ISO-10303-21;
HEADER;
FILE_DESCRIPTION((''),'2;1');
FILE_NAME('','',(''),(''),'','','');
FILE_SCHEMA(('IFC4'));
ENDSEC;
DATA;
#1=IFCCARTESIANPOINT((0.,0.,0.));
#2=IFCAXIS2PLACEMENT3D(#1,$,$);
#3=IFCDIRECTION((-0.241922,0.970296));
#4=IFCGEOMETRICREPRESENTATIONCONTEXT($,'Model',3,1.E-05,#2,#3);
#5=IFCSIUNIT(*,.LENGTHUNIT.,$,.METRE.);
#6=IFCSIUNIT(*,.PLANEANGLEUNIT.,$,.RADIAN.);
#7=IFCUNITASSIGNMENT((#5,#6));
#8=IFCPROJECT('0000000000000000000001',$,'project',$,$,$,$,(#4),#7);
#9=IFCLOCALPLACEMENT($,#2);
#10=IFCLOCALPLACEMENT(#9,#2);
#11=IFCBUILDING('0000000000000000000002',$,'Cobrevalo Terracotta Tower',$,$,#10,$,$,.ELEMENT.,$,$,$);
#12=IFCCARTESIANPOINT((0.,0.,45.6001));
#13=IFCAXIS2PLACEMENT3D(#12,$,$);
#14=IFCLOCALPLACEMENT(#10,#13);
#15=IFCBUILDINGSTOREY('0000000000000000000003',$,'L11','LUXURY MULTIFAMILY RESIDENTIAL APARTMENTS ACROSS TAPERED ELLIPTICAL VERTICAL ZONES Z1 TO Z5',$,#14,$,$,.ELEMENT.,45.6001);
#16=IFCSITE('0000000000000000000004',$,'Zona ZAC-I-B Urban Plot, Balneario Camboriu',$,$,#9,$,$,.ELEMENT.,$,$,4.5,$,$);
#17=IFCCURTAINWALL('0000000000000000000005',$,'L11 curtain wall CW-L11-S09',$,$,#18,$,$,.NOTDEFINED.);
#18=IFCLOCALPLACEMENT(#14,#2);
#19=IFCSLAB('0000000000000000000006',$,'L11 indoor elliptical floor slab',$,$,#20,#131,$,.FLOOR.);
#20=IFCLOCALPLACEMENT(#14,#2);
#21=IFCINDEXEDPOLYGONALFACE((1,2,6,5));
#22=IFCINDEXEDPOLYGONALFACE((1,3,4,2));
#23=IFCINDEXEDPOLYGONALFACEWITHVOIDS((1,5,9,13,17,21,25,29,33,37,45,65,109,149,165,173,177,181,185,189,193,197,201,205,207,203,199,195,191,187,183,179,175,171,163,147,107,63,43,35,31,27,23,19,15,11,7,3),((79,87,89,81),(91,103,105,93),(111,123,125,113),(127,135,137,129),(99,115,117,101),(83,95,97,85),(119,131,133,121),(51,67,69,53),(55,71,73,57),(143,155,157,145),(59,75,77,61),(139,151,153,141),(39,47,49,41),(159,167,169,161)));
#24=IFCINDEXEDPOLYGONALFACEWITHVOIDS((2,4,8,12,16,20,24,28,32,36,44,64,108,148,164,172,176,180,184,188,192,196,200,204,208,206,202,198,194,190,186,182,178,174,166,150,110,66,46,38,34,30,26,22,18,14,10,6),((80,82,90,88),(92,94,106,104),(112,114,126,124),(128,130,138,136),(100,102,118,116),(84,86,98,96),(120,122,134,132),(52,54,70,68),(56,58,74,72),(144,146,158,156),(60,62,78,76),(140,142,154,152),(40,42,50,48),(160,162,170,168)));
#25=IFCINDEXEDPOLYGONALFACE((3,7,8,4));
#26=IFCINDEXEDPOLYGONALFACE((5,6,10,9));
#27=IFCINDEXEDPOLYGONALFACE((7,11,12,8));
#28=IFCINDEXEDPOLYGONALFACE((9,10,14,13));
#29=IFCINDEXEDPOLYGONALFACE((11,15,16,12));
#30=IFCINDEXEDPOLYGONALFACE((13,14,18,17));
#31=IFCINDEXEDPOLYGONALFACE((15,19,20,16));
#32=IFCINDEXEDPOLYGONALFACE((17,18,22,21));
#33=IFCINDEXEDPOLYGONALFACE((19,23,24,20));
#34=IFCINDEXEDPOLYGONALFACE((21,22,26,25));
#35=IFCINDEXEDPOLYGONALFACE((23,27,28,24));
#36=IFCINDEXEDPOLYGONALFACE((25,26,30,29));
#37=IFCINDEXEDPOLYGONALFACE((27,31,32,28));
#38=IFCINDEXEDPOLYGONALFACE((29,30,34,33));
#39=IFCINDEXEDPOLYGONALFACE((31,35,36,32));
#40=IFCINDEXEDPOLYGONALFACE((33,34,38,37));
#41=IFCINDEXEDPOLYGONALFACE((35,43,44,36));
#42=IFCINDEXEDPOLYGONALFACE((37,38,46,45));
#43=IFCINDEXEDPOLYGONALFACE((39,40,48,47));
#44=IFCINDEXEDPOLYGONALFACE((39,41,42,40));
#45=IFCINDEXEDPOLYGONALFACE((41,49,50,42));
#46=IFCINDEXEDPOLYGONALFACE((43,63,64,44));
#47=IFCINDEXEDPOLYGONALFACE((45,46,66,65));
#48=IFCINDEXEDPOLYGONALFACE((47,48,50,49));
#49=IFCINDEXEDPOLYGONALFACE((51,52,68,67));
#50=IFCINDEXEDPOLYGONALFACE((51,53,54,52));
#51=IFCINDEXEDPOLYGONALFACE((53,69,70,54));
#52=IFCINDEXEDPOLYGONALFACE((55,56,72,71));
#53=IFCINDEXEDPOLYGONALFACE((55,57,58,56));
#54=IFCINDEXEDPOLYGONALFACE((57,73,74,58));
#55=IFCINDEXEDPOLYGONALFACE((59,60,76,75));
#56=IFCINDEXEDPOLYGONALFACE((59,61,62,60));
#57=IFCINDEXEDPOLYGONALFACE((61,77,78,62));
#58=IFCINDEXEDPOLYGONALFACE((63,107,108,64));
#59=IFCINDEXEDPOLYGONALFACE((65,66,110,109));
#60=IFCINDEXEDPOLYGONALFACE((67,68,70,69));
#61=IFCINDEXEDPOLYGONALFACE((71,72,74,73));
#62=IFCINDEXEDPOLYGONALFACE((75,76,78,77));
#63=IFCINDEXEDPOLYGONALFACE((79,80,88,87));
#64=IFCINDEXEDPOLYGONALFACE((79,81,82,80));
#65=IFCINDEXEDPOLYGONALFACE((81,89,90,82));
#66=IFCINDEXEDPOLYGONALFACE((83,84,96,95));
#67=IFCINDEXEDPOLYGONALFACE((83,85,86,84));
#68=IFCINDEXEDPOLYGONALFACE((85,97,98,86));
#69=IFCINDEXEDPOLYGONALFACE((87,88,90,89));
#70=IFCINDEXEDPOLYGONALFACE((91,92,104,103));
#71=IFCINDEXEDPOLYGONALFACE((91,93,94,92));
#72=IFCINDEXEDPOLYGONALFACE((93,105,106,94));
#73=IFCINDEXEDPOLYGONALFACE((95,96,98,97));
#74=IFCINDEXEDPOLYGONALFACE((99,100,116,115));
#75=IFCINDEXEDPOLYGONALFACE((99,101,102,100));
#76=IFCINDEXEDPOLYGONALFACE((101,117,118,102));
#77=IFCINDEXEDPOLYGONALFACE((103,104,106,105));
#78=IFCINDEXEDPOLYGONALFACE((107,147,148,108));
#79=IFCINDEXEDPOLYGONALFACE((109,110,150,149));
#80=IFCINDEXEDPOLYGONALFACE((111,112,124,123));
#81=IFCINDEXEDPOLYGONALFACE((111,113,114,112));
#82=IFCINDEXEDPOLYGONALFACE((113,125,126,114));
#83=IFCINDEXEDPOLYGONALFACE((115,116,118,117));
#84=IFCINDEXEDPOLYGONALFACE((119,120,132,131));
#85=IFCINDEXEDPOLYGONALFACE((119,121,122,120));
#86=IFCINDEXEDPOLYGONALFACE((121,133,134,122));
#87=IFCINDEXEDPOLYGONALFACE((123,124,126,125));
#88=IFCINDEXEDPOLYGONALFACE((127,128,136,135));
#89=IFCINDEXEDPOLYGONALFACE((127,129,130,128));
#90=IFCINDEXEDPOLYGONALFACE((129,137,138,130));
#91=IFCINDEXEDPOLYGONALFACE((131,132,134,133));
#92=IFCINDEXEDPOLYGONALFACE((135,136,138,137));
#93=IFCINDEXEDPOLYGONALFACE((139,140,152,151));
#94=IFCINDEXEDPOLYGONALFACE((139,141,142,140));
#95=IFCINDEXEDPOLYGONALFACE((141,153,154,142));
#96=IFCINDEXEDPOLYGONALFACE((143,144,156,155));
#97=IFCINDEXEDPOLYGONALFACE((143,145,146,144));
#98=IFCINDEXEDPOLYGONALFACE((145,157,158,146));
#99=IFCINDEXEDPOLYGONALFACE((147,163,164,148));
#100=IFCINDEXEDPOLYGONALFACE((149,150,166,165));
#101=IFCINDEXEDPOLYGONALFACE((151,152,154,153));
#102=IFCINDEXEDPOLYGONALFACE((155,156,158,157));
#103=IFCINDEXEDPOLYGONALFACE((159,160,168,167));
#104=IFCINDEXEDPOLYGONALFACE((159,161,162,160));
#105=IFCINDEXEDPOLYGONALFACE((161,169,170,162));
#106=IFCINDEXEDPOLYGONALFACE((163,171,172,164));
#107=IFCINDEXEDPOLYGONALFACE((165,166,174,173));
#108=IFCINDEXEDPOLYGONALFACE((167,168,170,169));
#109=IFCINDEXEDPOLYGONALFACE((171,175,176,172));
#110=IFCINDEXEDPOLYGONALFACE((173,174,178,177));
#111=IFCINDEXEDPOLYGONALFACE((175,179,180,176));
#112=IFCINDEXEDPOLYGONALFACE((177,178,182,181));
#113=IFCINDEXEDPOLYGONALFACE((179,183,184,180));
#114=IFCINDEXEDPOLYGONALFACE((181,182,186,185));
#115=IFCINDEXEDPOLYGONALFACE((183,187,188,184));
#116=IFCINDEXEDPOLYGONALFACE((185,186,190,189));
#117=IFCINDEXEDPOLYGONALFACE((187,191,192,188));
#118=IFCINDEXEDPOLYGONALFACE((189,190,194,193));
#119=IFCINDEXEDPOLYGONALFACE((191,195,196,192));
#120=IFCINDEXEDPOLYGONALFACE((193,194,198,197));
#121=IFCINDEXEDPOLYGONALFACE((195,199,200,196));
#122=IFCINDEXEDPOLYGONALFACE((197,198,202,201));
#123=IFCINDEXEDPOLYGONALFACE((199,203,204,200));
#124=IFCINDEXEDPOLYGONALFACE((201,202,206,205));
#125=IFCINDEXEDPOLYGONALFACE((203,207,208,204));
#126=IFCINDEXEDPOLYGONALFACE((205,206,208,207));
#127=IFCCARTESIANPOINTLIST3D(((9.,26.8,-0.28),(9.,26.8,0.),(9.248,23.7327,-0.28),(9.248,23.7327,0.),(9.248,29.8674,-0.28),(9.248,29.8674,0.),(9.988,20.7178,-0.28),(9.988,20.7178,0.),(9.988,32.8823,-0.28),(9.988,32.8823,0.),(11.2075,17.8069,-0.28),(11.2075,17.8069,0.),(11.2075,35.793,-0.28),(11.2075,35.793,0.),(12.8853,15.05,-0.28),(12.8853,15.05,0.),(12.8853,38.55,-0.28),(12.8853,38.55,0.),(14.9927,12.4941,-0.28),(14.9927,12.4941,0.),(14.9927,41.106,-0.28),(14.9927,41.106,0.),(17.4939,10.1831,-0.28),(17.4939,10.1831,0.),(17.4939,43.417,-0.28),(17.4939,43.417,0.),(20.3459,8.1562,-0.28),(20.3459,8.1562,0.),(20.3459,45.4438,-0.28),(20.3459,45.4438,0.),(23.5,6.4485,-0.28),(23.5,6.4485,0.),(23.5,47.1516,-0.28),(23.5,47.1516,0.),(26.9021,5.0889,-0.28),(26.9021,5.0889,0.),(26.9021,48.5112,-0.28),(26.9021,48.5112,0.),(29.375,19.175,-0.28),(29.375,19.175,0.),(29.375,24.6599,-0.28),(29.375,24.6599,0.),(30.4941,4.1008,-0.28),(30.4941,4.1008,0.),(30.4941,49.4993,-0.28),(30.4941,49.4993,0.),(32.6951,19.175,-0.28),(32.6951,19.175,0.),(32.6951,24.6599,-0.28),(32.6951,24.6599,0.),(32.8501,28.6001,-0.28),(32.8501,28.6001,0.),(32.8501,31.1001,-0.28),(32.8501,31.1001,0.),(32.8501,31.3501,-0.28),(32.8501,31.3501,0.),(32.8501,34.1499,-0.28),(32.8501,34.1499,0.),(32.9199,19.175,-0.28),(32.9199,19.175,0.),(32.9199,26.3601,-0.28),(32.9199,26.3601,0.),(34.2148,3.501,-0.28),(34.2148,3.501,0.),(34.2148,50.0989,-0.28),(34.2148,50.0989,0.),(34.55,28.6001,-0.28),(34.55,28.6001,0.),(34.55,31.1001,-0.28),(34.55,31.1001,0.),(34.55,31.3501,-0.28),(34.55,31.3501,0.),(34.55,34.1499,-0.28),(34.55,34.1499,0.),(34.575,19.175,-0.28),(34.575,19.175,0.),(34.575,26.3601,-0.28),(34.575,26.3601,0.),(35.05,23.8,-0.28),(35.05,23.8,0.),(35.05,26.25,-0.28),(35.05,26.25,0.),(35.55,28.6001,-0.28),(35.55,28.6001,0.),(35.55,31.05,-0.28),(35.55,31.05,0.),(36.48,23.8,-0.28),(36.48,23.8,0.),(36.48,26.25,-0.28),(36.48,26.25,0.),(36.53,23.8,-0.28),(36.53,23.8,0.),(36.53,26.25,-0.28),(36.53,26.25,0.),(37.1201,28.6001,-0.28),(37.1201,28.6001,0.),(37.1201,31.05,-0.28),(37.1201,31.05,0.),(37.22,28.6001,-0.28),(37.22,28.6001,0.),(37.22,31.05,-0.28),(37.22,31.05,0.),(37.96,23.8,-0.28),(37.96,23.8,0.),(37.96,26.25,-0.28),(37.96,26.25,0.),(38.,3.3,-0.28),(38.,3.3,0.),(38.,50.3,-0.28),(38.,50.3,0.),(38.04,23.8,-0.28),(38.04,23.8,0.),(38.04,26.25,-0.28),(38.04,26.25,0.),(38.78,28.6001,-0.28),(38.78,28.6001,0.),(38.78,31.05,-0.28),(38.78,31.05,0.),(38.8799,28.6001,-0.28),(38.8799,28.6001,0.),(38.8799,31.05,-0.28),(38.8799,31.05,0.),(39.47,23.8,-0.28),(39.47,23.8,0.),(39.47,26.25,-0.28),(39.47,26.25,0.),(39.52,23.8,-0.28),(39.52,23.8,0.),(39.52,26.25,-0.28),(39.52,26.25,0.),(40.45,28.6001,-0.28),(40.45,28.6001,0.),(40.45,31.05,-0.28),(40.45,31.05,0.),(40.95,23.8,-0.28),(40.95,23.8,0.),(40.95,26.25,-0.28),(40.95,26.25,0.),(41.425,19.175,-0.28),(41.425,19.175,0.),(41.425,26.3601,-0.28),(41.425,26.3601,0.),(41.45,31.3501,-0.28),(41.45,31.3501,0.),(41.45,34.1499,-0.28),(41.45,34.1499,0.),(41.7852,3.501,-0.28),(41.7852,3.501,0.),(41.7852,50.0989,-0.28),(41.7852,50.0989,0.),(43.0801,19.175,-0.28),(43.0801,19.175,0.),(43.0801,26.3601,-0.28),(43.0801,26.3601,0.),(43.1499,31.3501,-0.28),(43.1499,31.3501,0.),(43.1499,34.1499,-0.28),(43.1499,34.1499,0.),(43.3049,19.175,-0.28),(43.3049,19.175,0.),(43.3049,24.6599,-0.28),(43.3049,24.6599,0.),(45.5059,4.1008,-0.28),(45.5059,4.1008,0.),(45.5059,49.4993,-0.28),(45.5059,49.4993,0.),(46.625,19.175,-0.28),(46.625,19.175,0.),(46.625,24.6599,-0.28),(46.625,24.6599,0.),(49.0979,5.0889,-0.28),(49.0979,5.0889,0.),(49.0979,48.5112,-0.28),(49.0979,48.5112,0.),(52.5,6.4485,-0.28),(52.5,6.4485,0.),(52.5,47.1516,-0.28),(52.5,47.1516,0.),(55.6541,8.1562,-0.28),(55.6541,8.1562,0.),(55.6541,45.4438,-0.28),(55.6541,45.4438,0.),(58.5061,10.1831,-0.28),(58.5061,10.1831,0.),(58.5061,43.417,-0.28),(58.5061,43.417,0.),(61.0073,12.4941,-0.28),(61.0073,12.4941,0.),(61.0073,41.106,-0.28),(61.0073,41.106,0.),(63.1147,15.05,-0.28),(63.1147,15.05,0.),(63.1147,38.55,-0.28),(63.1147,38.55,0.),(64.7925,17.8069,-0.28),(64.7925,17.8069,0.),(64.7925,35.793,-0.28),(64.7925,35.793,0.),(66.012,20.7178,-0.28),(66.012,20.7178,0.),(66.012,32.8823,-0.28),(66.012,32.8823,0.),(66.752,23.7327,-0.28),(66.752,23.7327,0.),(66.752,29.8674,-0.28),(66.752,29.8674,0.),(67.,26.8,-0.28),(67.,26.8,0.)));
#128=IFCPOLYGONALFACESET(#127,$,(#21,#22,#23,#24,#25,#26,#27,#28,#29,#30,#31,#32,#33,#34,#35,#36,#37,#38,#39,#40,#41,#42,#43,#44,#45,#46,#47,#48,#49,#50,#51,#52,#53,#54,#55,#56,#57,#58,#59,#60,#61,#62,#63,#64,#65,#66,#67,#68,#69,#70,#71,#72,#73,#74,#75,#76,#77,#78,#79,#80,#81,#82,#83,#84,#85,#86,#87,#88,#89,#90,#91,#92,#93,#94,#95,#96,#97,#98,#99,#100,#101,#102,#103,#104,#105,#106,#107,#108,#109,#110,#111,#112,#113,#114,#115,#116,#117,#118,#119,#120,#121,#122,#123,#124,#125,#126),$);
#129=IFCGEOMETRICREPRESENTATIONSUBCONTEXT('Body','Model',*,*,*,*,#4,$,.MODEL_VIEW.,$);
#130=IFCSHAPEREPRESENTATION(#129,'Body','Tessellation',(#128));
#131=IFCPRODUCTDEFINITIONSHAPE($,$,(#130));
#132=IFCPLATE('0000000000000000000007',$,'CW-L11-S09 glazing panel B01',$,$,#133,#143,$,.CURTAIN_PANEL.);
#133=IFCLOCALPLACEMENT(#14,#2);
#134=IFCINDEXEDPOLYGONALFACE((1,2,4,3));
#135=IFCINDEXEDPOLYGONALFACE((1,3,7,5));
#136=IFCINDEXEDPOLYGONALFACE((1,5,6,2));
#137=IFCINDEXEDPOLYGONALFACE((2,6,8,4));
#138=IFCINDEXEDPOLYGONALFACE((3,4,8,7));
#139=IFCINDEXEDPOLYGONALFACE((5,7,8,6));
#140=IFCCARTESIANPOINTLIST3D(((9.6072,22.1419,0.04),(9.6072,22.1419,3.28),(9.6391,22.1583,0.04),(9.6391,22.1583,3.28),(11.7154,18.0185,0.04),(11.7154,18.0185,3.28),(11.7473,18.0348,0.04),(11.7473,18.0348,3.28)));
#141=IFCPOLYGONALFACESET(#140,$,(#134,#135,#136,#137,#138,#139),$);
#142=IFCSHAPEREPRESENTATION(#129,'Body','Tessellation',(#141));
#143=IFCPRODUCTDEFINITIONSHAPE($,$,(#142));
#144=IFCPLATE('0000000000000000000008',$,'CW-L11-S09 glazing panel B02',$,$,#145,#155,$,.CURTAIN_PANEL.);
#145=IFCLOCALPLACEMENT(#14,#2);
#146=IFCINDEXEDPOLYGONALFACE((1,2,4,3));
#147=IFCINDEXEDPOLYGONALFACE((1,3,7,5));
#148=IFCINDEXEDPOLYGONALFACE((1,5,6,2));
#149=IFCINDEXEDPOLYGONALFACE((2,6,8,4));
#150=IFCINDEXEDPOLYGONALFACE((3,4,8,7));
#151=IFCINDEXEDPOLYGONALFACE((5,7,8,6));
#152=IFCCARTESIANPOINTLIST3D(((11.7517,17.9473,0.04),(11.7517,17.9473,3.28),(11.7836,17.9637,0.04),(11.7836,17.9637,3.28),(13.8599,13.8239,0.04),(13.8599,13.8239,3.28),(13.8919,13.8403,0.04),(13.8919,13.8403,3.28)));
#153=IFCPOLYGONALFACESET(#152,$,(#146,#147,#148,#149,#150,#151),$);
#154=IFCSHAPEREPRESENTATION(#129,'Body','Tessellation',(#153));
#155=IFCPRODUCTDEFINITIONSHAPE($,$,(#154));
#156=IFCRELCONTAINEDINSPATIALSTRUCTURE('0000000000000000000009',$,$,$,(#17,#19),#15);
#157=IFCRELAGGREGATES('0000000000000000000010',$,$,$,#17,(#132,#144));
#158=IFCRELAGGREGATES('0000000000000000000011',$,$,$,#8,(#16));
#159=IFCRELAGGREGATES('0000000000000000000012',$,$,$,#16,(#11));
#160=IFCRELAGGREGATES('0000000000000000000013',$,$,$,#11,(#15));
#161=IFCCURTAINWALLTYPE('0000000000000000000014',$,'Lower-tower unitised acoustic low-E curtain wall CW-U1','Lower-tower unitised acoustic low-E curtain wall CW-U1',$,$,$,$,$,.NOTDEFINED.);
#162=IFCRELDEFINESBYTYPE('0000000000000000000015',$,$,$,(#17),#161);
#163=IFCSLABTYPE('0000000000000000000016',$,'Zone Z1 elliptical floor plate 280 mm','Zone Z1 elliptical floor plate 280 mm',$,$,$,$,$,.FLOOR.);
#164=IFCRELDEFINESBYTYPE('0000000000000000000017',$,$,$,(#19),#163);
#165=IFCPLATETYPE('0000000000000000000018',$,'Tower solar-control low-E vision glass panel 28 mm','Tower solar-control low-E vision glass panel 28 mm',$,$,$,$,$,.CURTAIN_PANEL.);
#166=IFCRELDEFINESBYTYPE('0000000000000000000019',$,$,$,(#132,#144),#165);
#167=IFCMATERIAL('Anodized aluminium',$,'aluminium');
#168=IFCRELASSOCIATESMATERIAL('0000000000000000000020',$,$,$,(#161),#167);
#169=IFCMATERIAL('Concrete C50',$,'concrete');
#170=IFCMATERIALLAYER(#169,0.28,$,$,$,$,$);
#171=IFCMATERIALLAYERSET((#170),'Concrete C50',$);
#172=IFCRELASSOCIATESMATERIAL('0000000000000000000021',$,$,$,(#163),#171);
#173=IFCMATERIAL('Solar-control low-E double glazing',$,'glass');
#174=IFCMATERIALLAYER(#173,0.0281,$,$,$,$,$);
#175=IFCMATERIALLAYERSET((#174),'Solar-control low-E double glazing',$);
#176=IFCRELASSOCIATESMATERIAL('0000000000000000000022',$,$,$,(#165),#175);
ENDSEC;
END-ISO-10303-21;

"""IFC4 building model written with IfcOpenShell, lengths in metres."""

from ifc_helpers import new_model, si_unit, direction, frame, origin, origin_2d, place, context, subcontext, project, spatial, polyline, rectangle, outline, extrude, source, transform, mapped, material, layer, layer_set, type_object, element, aggregate, save


model = new_model("IFC4")

# Units and contexts
model_context = context("Model", 3, precision=1e-05, world=origin(), true_north=direction((-0.241922, 0.970296)))
body_context = subcontext(model_context, "Body", "Model", "MODEL_VIEW")
ifc_project = project(units=[si_unit("LENGTHUNIT", "METRE"), si_unit("PLANEANGLEUNIT", "RADIAN")], contexts=[model_context])

# Site, building, storey
site_placement = place(None, origin())
site = spatial("IfcSite", under=ifc_project, at=site_placement, Name="Zona ZAC-I-B Urban Plot, Balneario Camboriu", CompositionType="ELEMENT", RefElevation=4.5)
building_placement = place(site_placement, origin())
building = spatial("IfcBuilding", under=site, at=building_placement, Name="Cobrevalo Terracotta Tower", CompositionType="ELEMENT")
storey_placement = place(building_placement, frame((0.0, 0.0, 45.6001)))
storey = spatial("IfcBuildingStorey", under=building, at=storey_placement, Name="L11", Description="LUXURY MULTIFAMILY RESIDENTIAL APARTMENTS ACROSS TAPERED ELLIPTICAL VERTICAL ZONES Z1 TO Z5", CompositionType="ELEMENT", Elevation=45.6001)

# Shared definitions
ifc_material_1 = material(Name="Anodized aluminium", Category="aluminium")
curtain_wall_type = type_object("IfcCurtainWallType", Name="Lower-tower unitised acoustic low-E curtain wall CW-U1", Description="Lower-tower unitised acoustic low-E curtain wall CW-U1", PredefinedType="NOTDEFINED", material=ifc_material_1)

# Curtain wall
curtain_wall_1_placement = place(storey_placement, origin())
curtain_wall_1 = element("IfcCurtainWall", 1, at=curtain_wall_1_placement, inside=storey, type_object=curtain_wall_type, Name="L11 curtain wall CW-L11-S09", PredefinedType="NOTDEFINED")

# Shared definitions
ifc_material_2 = material(Name="Concrete C50", Category="concrete")

# Slab
ifc_layer_1 = layer(ifc_material_2, 0.28)
ifc_layer_set_1 = layer_set([ifc_layer_1], Name="Concrete C50")
slab_type_1 = type_object("IfcSlabType", Name="Zone Z1 elliptical floor plate 280 mm", Description="Zone Z1 elliptical floor plate 280 mm", PredefinedType="FLOOR", material=ifc_layer_set_1)
slab_1_placement = place(storey_placement, frame((0.0, 0.0, -0.28)))
element("IfcSlab", 2, at=slab_1_placement, inside=storey, type_object=slab_type_1, Name="L11 indoor elliptical floor slab", PredefinedType="FLOOR", context=body_context, shape_type="SweptSolid", body=[
    extrude(outline(polyline([(66.752, 23.7327), (66.012, 20.7178), (64.7925, 17.8069), (63.1147, 15.05), (61.0073, 12.4941), (58.5061, 10.1831), (55.6541, 8.1562), (52.5, 6.4485), (49.0979, 5.0889), (45.5059, 4.1008), (41.7852, 3.501), (38.0, 3.3), (34.2148, 3.501), (30.4941, 4.1008), (26.9021, 5.0889), (23.5, 6.4485), (20.3459, 8.1562), (17.4939, 10.1831), (14.9927, 12.4941), (12.8853, 15.05), (11.2075, 17.8069), (9.988, 20.7178), (9.248, 23.7327), (9.0, 26.8), (9.248, 29.8674), (9.988, 32.8823), (11.2075, 35.793), (12.8853, 38.55), (14.9927, 41.106), (17.4939, 43.417), (20.3459, 45.4438), (23.5, 47.1516), (26.9021, 48.5112), (30.4941, 49.4993), (34.2148, 50.0989), (38.0, 50.3), (41.7852, 50.0989), (45.5059, 49.4993), (49.0979, 48.5112), (52.5, 47.1516), (55.6541, 45.4438), (58.5061, 43.417), (61.0073, 41.106), (63.1147, 38.55), (64.7925, 35.793), (66.012, 32.8823), (66.752, 29.8674), (67.0, 26.8), (66.752, 23.7327)]), holes=[polyline([(32.6951, 19.175), (32.6951, 24.6599), (29.375, 24.6599), (29.375, 19.175), (32.6951, 19.175)]), polyline([(34.575, 19.175), (34.575, 26.3601), (32.9199, 26.3601), (32.9199, 19.175), (34.575, 19.175)]), polyline([(36.48, 23.8), (36.48, 26.25), (35.05, 26.25), (35.05, 23.8), (36.48, 23.8)]), polyline([(37.96, 23.8), (37.96, 26.25), (36.53, 26.25), (36.53, 23.8), (37.96, 23.8)]), polyline([(37.1201, 28.6001), (37.1201, 31.05), (35.55, 31.05), (35.55, 28.6001), (37.1201, 28.6001)]), polyline([(34.55, 28.6001), (34.55, 31.1001), (32.8501, 31.1001), (32.8501, 28.6001), (34.55, 28.6001)]), polyline([(34.55, 31.3501), (34.55, 34.1499), (32.8501, 34.1499), (32.8501, 31.3501), (34.55, 31.3501)]), polyline([(46.625, 19.175), (46.625, 24.6599), (43.3049, 24.6599), (43.3049, 19.175), (46.625, 19.175)]), polyline([(43.0801, 19.175), (43.0801, 26.3601), (41.425, 26.3601), (41.425, 19.175), (43.0801, 19.175)]), polyline([(39.47, 23.8), (39.47, 26.25), (38.04, 26.25), (38.04, 23.8), (39.47, 23.8)]), polyline([(40.95, 23.8), (40.95, 26.25), (39.52, 26.25), (39.52, 23.8), (40.95, 23.8)]), polyline([(38.78, 28.6001), (38.78, 31.05), (37.22, 31.05), (37.22, 28.6001), (38.78, 28.6001)]), polyline([(40.45, 28.6001), (40.45, 31.05), (38.8799, 31.05), (38.8799, 28.6001), (40.45, 28.6001)]), polyline([(43.1499, 31.3501), (43.1499, 34.1499), (41.45, 34.1499), (41.45, 31.3501), (43.1499, 31.3501)])]), origin(), (0.0, 0.0, 1.0), 0.28),
])

# Plates
ifc_material_3 = material(Name="Solar-control low-E double glazing", Category="glass")
ifc_layer_2 = layer(ifc_material_3, 0.0281)
ifc_layer_set_2 = layer_set([ifc_layer_2], Name="Solar-control low-E double glazing")
plate_type = type_object("IfcPlateType", Name="Tower solar-control low-E vision glass panel 28 mm", Description="Tower solar-control low-E vision glass panel 28 mm", PredefinedType="CURTAIN_PANEL", material=ifc_layer_set_2)
shared_shape_1 = source(origin(), body_context, "Body", "SweptSolid", [
    extrude(rectangle(XDim=4.6311, YDim=0.0359, at=origin_2d()), origin(), (0.0, 0.0, 1.0), 3.24),
])
plate_1_placement = place(storey_placement, frame((10.6772, 20.0884, 0.04), z_axis=(0.0, 0.0, 1.0), x_axis=(0.455231, -0.890373, 0.0)))
plate_1 = element("IfcPlate", 3, at=plate_1_placement, type_object=plate_type, Name="CW-L11-S09 glazing panel B01", PredefinedType="CURTAIN_PANEL", context=body_context, shape_type="MappedRepresentation", body=[
    mapped(shared_shape_1, transform((0.0, 0.0, 0.0), scale=1.0)),
])
plate_2_placement = place(storey_placement, frame((12.8218, 15.8938, 0.04), z_axis=(0.0, 0.0, 1.0), x_axis=(0.455231, -0.890373, 0.0)))
plate_2 = element("IfcPlate", 4, at=plate_2_placement, type_object=plate_type, Name="CW-L11-S09 glazing panel B02", PredefinedType="CURTAIN_PANEL", context=body_context, shape_type="MappedRepresentation", body=[
    mapped(shared_shape_1, transform((0.0, 0.0, 0.0), scale=1.0)),
])
aggregate(curtain_wall_1, [plate_1, plate_2])

save(model, "model.ifc")
